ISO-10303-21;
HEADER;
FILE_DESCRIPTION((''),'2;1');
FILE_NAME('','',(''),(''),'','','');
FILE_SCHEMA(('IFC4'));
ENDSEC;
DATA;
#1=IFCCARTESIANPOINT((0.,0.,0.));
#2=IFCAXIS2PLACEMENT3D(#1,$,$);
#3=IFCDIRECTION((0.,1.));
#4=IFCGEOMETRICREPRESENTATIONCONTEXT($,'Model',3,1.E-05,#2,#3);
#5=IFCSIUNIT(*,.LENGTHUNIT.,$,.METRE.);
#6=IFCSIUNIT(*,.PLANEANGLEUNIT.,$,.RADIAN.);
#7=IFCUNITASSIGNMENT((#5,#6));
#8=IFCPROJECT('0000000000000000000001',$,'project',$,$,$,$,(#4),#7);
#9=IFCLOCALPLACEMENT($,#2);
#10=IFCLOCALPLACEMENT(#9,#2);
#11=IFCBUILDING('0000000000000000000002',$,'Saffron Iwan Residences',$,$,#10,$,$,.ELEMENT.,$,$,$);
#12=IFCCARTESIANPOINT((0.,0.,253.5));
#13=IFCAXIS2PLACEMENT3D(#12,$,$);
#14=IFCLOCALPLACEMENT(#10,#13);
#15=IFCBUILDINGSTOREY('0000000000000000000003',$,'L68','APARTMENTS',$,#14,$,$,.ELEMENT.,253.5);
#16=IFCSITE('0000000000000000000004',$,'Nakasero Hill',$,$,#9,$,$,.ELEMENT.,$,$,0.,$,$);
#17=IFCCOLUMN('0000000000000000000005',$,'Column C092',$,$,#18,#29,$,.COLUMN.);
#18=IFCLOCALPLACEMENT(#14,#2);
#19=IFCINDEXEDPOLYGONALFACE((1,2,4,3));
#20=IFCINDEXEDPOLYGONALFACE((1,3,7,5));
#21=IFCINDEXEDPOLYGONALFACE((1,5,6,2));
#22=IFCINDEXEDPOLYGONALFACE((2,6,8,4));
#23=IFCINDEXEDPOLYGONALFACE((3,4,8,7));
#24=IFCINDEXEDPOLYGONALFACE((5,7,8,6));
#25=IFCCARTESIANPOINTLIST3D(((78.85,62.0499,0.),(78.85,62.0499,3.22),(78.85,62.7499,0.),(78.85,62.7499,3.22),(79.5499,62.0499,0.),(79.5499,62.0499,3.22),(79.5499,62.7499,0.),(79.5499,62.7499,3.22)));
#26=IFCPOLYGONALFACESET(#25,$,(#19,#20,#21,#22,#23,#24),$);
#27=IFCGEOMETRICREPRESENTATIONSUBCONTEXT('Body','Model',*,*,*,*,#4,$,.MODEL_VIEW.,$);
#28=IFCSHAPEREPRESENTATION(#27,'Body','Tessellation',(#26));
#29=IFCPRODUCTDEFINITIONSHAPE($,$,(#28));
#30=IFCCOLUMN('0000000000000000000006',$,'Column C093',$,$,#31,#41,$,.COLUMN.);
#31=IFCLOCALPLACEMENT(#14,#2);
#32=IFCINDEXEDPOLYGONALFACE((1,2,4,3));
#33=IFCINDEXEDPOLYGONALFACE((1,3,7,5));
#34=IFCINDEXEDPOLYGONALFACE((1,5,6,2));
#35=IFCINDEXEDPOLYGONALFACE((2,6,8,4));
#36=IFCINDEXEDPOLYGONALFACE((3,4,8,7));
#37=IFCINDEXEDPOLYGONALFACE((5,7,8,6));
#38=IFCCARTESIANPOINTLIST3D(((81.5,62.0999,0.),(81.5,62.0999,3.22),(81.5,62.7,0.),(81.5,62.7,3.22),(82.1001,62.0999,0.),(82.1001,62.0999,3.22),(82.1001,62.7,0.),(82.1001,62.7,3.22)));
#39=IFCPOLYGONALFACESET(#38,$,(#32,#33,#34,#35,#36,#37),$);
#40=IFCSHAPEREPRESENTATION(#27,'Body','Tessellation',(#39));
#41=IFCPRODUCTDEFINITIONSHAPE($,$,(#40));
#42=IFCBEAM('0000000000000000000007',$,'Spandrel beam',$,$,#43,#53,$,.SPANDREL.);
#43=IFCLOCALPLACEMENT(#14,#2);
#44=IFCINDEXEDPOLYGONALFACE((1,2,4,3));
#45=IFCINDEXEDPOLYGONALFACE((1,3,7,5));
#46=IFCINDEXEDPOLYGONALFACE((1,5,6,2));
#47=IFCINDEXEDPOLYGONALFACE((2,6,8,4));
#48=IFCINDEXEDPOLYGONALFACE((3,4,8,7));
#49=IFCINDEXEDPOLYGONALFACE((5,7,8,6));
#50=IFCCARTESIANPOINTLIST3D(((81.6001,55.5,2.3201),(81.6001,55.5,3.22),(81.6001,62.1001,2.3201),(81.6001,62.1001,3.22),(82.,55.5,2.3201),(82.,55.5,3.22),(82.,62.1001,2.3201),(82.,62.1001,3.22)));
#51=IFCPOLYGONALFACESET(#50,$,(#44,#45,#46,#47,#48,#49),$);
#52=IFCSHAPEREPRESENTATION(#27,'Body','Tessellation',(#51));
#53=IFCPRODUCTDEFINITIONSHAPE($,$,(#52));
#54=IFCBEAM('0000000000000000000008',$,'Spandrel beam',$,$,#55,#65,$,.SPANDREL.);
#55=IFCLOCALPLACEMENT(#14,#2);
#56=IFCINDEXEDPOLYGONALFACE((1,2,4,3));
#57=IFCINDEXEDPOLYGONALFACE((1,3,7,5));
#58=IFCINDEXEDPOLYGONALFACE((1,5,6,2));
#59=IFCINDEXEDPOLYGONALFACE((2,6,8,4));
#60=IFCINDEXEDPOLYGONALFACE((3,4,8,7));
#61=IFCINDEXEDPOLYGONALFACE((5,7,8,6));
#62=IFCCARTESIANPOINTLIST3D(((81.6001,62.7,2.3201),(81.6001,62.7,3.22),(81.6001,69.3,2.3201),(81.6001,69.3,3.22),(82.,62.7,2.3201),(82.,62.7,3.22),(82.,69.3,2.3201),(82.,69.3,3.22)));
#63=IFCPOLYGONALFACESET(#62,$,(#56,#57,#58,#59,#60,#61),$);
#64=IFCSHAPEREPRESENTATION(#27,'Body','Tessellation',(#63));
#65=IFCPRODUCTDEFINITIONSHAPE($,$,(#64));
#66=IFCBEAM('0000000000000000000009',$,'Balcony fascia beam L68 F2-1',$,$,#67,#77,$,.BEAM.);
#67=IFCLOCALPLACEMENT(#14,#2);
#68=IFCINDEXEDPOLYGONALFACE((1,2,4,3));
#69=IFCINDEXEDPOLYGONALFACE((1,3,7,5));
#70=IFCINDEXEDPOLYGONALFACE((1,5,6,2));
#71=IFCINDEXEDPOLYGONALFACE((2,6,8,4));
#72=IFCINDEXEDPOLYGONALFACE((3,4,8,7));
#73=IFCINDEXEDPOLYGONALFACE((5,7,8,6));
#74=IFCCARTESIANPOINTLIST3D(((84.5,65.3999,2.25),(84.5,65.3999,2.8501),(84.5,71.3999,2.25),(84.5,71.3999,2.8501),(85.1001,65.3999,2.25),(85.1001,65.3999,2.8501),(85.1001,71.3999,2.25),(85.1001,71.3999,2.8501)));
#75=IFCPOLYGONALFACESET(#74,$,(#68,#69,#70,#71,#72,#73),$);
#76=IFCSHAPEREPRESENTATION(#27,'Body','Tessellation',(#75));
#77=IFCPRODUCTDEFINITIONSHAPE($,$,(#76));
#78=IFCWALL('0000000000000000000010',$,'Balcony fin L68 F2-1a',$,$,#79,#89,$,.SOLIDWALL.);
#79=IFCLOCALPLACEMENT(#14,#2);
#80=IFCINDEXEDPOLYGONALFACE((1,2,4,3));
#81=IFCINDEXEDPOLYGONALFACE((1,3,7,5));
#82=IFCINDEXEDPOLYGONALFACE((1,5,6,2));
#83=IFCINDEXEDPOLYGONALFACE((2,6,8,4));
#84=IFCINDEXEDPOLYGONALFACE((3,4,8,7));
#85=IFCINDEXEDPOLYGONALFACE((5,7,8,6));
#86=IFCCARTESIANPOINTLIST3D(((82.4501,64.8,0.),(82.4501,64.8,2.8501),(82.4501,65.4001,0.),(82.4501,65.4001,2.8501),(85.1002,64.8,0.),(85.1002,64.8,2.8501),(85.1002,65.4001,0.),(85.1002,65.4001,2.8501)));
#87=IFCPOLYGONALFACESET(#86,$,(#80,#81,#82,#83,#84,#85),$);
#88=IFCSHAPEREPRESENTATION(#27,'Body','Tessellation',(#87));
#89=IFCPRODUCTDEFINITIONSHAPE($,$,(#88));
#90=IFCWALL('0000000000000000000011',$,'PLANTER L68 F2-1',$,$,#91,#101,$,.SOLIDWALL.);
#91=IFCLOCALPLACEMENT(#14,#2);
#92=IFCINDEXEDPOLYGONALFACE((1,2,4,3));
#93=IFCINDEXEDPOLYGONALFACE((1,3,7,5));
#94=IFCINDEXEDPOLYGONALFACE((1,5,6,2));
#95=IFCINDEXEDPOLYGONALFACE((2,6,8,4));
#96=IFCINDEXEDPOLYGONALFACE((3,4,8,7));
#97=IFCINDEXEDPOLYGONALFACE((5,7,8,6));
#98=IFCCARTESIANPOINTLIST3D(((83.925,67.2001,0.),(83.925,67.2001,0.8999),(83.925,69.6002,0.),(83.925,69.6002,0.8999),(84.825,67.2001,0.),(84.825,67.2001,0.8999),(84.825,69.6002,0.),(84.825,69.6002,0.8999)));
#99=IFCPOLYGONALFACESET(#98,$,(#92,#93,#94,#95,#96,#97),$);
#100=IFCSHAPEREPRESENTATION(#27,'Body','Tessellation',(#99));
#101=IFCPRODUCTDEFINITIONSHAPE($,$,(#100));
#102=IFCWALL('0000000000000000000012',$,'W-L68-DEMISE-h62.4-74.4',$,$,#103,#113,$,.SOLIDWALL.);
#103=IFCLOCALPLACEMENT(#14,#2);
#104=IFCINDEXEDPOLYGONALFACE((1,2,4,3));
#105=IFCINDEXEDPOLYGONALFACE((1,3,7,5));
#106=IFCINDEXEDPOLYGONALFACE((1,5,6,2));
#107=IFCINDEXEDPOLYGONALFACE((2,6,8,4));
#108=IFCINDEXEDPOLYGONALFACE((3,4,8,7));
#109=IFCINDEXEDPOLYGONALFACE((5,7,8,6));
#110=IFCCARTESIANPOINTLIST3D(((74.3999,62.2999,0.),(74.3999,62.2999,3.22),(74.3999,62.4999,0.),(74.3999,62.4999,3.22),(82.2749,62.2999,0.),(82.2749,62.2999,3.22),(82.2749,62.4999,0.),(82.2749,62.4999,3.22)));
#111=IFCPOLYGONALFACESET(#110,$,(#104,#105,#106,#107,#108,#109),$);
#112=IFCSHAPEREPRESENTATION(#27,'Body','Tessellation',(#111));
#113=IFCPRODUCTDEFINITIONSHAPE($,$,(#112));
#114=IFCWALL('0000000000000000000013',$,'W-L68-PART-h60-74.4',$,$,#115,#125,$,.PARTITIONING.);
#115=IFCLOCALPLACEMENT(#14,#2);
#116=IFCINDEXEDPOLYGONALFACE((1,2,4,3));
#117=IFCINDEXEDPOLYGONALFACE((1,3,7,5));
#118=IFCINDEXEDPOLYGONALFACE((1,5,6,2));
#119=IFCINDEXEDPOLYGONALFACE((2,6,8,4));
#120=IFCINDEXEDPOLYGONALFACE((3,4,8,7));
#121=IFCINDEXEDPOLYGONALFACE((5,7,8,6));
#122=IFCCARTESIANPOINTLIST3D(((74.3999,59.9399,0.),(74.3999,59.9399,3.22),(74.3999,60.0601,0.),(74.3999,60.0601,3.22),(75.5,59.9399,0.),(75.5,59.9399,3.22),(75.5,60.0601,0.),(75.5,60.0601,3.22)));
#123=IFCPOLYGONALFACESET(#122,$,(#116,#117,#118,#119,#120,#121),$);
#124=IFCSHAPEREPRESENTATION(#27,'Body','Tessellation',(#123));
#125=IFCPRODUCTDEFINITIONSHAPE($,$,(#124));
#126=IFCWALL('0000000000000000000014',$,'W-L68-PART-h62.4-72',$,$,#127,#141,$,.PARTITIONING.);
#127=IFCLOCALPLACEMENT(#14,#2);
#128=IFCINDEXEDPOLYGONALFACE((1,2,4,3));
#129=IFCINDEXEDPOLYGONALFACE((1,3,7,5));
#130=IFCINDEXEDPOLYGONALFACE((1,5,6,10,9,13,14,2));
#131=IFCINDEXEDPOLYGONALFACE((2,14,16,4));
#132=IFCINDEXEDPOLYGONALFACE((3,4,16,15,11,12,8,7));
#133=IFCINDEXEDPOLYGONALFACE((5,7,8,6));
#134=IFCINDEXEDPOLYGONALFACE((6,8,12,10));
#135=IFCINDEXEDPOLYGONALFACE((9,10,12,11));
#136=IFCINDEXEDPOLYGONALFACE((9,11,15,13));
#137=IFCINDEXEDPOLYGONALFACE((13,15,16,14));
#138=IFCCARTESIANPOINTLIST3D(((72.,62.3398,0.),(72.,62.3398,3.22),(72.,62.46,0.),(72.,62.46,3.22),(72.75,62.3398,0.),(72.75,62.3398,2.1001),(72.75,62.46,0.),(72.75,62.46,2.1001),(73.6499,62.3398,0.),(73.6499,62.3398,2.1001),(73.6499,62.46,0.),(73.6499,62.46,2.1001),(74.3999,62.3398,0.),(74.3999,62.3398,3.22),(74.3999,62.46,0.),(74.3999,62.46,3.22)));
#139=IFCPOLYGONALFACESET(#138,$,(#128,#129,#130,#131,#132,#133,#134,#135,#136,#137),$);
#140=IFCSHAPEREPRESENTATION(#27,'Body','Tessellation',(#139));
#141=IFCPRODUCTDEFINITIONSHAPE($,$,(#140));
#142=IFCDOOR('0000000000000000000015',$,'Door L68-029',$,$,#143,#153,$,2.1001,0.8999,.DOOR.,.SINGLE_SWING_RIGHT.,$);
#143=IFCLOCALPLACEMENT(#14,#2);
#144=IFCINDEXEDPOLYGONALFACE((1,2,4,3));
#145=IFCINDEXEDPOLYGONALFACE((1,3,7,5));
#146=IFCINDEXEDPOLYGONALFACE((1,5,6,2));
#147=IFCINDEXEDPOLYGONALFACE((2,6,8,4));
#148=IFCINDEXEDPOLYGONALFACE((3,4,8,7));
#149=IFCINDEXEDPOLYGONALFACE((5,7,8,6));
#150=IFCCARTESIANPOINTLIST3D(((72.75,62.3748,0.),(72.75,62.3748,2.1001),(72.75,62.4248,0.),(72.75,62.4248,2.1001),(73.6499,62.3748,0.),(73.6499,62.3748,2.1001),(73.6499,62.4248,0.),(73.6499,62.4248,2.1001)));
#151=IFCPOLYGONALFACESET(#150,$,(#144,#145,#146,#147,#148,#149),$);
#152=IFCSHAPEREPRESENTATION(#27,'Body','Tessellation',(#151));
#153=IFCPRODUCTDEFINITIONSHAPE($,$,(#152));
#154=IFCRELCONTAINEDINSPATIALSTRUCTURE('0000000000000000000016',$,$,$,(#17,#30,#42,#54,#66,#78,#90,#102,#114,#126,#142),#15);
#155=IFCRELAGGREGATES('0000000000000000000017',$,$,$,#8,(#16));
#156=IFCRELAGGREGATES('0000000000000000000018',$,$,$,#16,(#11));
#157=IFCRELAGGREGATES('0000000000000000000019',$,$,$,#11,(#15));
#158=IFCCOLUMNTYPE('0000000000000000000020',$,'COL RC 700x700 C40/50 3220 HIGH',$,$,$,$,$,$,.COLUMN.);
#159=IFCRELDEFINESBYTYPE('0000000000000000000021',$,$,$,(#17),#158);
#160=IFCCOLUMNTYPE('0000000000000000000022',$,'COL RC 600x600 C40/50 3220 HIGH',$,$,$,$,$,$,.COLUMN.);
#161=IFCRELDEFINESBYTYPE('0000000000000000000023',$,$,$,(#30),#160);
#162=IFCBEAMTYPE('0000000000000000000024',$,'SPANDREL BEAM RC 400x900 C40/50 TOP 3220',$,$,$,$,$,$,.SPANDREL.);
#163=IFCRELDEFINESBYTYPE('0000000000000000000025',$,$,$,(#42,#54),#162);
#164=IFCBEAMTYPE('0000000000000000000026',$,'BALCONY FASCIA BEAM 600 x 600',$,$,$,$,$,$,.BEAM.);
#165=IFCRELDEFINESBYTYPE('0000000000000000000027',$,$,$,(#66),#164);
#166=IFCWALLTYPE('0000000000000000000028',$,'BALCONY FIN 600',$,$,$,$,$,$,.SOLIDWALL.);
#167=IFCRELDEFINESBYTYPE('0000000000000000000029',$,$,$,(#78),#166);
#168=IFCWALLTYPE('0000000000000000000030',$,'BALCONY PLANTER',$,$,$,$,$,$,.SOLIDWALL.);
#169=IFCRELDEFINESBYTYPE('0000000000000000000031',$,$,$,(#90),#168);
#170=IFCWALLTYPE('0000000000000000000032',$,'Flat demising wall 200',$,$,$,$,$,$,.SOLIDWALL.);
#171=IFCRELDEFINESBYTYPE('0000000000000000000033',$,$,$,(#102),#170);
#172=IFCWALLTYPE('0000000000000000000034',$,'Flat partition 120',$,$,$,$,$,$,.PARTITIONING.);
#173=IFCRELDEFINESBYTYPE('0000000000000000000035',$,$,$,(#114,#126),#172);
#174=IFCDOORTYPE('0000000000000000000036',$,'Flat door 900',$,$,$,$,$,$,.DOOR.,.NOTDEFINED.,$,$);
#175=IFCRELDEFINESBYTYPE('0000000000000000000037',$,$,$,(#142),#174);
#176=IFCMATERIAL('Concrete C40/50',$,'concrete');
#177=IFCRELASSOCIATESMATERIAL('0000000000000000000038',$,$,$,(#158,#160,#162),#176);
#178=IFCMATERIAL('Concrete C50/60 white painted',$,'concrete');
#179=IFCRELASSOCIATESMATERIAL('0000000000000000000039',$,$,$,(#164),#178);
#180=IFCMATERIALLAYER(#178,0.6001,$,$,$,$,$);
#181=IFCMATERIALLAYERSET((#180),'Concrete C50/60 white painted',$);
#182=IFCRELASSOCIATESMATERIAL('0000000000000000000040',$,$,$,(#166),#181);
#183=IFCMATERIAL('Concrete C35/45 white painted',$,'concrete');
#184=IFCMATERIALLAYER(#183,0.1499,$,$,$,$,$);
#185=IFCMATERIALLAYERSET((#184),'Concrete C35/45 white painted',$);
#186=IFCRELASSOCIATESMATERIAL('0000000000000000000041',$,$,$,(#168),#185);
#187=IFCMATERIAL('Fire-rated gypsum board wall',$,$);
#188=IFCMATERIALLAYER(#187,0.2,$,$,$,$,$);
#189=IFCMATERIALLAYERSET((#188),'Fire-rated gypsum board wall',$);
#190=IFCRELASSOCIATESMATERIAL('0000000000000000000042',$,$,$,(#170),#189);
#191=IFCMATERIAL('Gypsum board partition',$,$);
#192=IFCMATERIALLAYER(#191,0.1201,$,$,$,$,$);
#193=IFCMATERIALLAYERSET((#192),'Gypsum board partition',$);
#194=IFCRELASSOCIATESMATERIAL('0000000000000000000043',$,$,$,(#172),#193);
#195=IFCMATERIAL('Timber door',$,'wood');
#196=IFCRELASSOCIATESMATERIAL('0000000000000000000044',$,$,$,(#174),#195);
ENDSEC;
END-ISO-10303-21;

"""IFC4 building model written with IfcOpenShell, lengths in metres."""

from ifc_helpers import new_model, si_unit, direction, frame, frame_2d, origin, origin_2d, place, context, subcontext, project, spatial, rectangle, extrude, source, transform, mapped, material, layer, layer_set, material_profile, profile_set, type_object, element, fill, save


model = new_model("IFC4")

# Units and contexts
model_context = context("Model", 3, precision=1e-05, world=origin(), true_north=direction((0.0, 1.0)))
body_context = subcontext(model_context, "Body", "Model", "MODEL_VIEW")
ifc_project = project(units=[si_unit("LENGTHUNIT", "METRE"), si_unit("PLANEANGLEUNIT", "RADIAN")], contexts=[model_context])

# Site, building, storey
site_placement = place(None, origin())
site = spatial("IfcSite", under=ifc_project, at=site_placement, Name="Nakasero Hill", CompositionType="ELEMENT", RefElevation=0.0)
building_placement = place(site_placement, origin())
building = spatial("IfcBuilding", under=site, at=building_placement, Name="Saffron Iwan Residences", CompositionType="ELEMENT")
storey_placement = place(building_placement, frame((0.0, 0.0, 253.5)))
storey = spatial("IfcBuildingStorey", under=building, at=storey_placement, Name="L68", Description="APARTMENTS", CompositionType="ELEMENT", Elevation=253.5)

# Columns
ifc_material_1 = material(Name="Concrete C40/50", Category="concrete")
ifc_material_profile_1 = material_profile(ifc_material_1, rectangle(XDim=0.7, YDim=0.7, at=origin_2d()), Name="RC 700x700")
ifc_profile_set_1 = profile_set([ifc_material_profile_1], Name="Concrete C40/50")
column_type_1 = type_object("IfcColumnType", Name="COL RC 700x700 C40/50 3220 HIGH", PredefinedType="COLUMN", material=ifc_profile_set_1)
shared_shape_1 = source(origin(), body_context, "Body", "SweptSolid", [
    extrude(rectangle(XDim=0.7, YDim=0.7, at=origin_2d()), origin(), (0.0, 0.0, 1.0), 3.22),
])
column_1_placement = place(storey_placement, frame((79.2, 62.3999, 0.0), z_axis=(0.0, 0.0, 1.0), x_axis=(1.0, 0.0, 0.0)))
element("IfcColumn", 1, at=column_1_placement, inside=storey, type_object=column_type_1, Name="Column C092", PredefinedType="COLUMN", context=body_context, shape_type="MappedRepresentation", body=[
    mapped(shared_shape_1, transform((0.0, 0.0, 0.0))),
])
ifc_material_profile_2 = material_profile(ifc_material_1, rectangle(XDim=0.6001, YDim=0.6001, at=origin_2d()), Name="RC 600x600")
ifc_profile_set_2 = profile_set([ifc_material_profile_2], Name="Concrete C40/50")
column_type_2 = type_object("IfcColumnType", Name="COL RC 600x600 C40/50 3220 HIGH", PredefinedType="COLUMN", material=ifc_profile_set_2)
shared_shape_2 = source(origin(), body_context, "Body", "SweptSolid", [
    extrude(rectangle(XDim=0.6001, YDim=0.6001, at=origin_2d()), origin(), (0.0, 0.0, 1.0), 3.22),
])
column_2_placement = place(storey_placement, frame((81.8, 62.3999, 0.0), z_axis=(0.0, 0.0, 1.0), x_axis=(1.0, 0.0, 0.0)))
element("IfcColumn", 2, at=column_2_placement, inside=storey, type_object=column_type_2, Name="Column C093", PredefinedType="COLUMN", context=body_context, shape_type="MappedRepresentation", body=[
    mapped(shared_shape_2, transform((0.0, 0.0, 0.0))),
])

# Beams
ifc_material_profile_3 = material_profile(ifc_material_1, rectangle(XDim=0.3999, YDim=0.8999, at=origin_2d()), Name="RC 400x900")
ifc_profile_set_3 = profile_set([ifc_material_profile_3], Name="Concrete C40/50")
beam_type_1 = type_object("IfcBeamType", Name="SPANDREL BEAM RC 400x900 C40/50 TOP 3220", PredefinedType="SPANDREL", material=ifc_profile_set_3)
shared_shape_3 = source(origin(), body_context, "Body", "SweptSolid", [
    extrude(rectangle(XDim=0.3999, YDim=0.8999, at=origin_2d()), origin(), (0.0, 0.0, 1.0), 6.6001),
])
for number, where, z_axis, x_axis, name in (
    (3, (81.8, 62.1001, 2.77), (0.0, -1.0, 0.0), (1.0, 0.0, 0.0), "Spandrel beam"),
    (4, (81.8, 69.3, 2.77), (0.0, -1.0, 0.0), (1.0, 0.0, 0.0), "Spandrel beam"),
):
    element("IfcBeam", number, at=place(storey_placement, frame(where, z_axis=z_axis, x_axis=x_axis)), inside=storey, type_object=beam_type_1, Name=name, PredefinedType="SPANDREL", context=body_context, shape_type="MappedRepresentation", body=[
        mapped(shared_shape_3, transform((0.0, 0.0, 0.0))),
    ])
ifc_material_2 = material(Name="Concrete C50/60 white painted", Category="concrete")
ifc_material_profile_4 = material_profile(ifc_material_2, rectangle(XDim=0.6001, YDim=0.6001, at=origin_2d()), Name="BALCONY FASCIA BEAM 600 x 600")
ifc_profile_set_4 = profile_set([ifc_material_profile_4], Name="Concrete C50/60 white painted")
beam_type_2 = type_object("IfcBeamType", Name="BALCONY FASCIA BEAM 600 x 600", PredefinedType="BEAM", material=ifc_profile_set_4)
shared_shape_4 = source(origin(), body_context, "Body", "SweptSolid", [
    extrude(rectangle(XDim=0.6001, YDim=0.6001, at=origin_2d()), origin(), (0.0, 0.0, 1.0), 6.0),
])
beam_placement = place(storey_placement, frame((84.8, 65.3999, 2.55), z_axis=(0.0, 1.0, 0.0), x_axis=(-1.0, 0.0, 0.0)))
element("IfcBeam", 5, at=beam_placement, inside=storey, type_object=beam_type_2, Name="Balcony fascia beam L68 F2-1", PredefinedType="BEAM", context=body_context, shape_type="MappedRepresentation", body=[
    mapped(shared_shape_4, transform((0.0, 0.0, 0.0))),
])

# Walls
ifc_layer_1 = layer(ifc_material_2, 0.6001)
ifc_layer_set_1 = layer_set([ifc_layer_1], Name="Concrete C50/60 white painted")
wall_type_1 = type_object("IfcWallType", Name="BALCONY FIN 600", PredefinedType="SOLIDWALL", material=ifc_layer_set_1)
wall_1_placement = place(storey_placement, frame((82.45, 65.1001, 0.0), z_axis=(0.0, 0.0, 1.0), x_axis=(1.0, 0.0, 0.0)))
element("IfcWall", 6, at=wall_1_placement, inside=storey, type_object=wall_type_1, Name="Balcony fin L68 F2-1a", PredefinedType="SOLIDWALL", context=body_context, shape_type="SweptSolid", body=[
    extrude(rectangle(XDim=2.6501, YDim=0.6001, at=frame_2d((1.3252, 0.0))), origin(), (0.0, 0.0, 1.0), 2.8501),
])
ifc_material_3 = material(Name="Concrete C35/45 white painted", Category="concrete")
ifc_layer_2 = layer(ifc_material_3, 0.1499)
ifc_layer_set_2 = layer_set([ifc_layer_2], Name="Concrete C35/45 white painted")
wall_type_2 = type_object("IfcWallType", Name="BALCONY PLANTER", PredefinedType="SOLIDWALL", material=ifc_layer_set_2)
wall_2_placement = place(storey_placement, frame((84.375, 67.2, 0.0), z_axis=(0.0, 0.0, 1.0), x_axis=(0.0, 1.0, 0.0)))
element("IfcWall", 7, at=wall_2_placement, inside=storey, type_object=wall_type_2, Name="PLANTER L68 F2-1", PredefinedType="SOLIDWALL", context=body_context, shape_type="SweptSolid", body=[
    extrude(rectangle(XDim=2.4001, YDim=0.8999, at=frame_2d((1.2002, 0.0))), origin(), (0.0, 0.0, 1.0), 0.8999),
])
ifc_material_4 = material(Name="Fire-rated gypsum board wall")
ifc_layer_3 = layer(ifc_material_4, 0.2)
ifc_layer_set_3 = layer_set([ifc_layer_3], Name="Fire-rated gypsum board wall")
wall_type_3 = type_object("IfcWallType", Name="Flat demising wall 200", PredefinedType="SOLIDWALL", material=ifc_layer_set_3)
wall_3_placement = place(storey_placement, frame((74.3999, 62.3999, 0.0), z_axis=(0.0, 0.0, 1.0), x_axis=(1.0, 0.0, 0.0)))
element("IfcWall", 8, at=wall_3_placement, inside=storey, type_object=wall_type_3, Name="W-L68-DEMISE-h62.4-74.4", PredefinedType="SOLIDWALL", context=body_context, shape_type="SweptSolid", body=[
    extrude(rectangle(XDim=7.875, YDim=0.2, at=frame_2d((3.9375, 0.0))), origin(), (0.0, 0.0, 1.0), 3.22),
])
ifc_material_5 = material(Name="Gypsum board partition")
ifc_layer_4 = layer(ifc_material_5, 0.1201)
ifc_layer_set_4 = layer_set([ifc_layer_4], Name="Gypsum board partition")
wall_type_4 = type_object("IfcWallType", Name="Flat partition 120", PredefinedType="PARTITIONING", material=ifc_layer_set_4)
wall_4_placement = place(storey_placement, frame((74.3999, 60.0, 0.0), z_axis=(0.0, 0.0, 1.0), x_axis=(1.0, 0.0, 0.0)))
element("IfcWall", 9, at=wall_4_placement, inside=storey, type_object=wall_type_4, Name="W-L68-PART-h60-74.4", PredefinedType="PARTITIONING", context=body_context, shape_type="SweptSolid", body=[
    extrude(rectangle(XDim=1.1001, YDim=0.1201, at=frame_2d((0.55, 0.0))), origin(), (0.0, 0.0, 1.0), 3.22),
])

# Wall, opening, door
wall_5_placement = place(storey_placement, frame((72.0, 62.3999, 0.0), z_axis=(0.0, 0.0, 1.0), x_axis=(1.0, 0.0, 0.0)))
wall_5 = element("IfcWall", 10, at=wall_5_placement, inside=storey, type_object=wall_type_4, Name="W-L68-PART-h62.4-72", PredefinedType="PARTITIONING", context=body_context, shape_type="SweptSolid", body=[
    extrude(rectangle(XDim=2.3999, YDim=0.1201, at=frame_2d((1.2, 0.0))), origin(), (0.0, 0.0, 1.0), 3.22),
])
opening_1_placement = place(wall_5_placement, frame((0.75, 0.0, 0.0)))
opening_1 = element("IfcOpeningElement", 11, at=opening_1_placement, cuts=wall_5, PredefinedType="OPENING", context=body_context, shape_type="SweptSolid", body=[
    extrude(rectangle(XDim=0.8999, YDim=2.1001, at=frame_2d((0.45, 1.05))), frame((0.0, 0.0701, 0.0), z_axis=(0.0, -1.0, 0.0), x_axis=(1.0, 0.0, 0.0)), (0.0, 0.0, 1.0), 0.1401),
])
ifc_material_6 = material(Name="Timber door", Category="wood")
door_type = type_object("IfcDoorType", Name="Flat door 900", OperationType="NOTDEFINED", PredefinedType="DOOR", material=ifc_material_6)
door_1_placement = place(opening_1_placement, origin())
door_1 = element("IfcDoor", 12, at=door_1_placement, inside=storey, type_object=door_type, Name="Door L68-029", OperationType="SINGLE_SWING_RIGHT", OverallHeight=2.1001, OverallWidth=0.8999, PredefinedType="DOOR", context=body_context, shape_type="SweptSolid", body=[
    extrude(rectangle(XDim=0.8999, YDim=2.1001, at=frame_2d((0.45, 1.05))), frame((0.0, 0.0249, 0.0), z_axis=(0.0, -1.0, 0.0), x_axis=(1.0, 0.0, 0.0)), (0.0, 0.0, 1.0), 0.05),
])
fill(opening_1, door_1)

save(model, "model.ifc")
